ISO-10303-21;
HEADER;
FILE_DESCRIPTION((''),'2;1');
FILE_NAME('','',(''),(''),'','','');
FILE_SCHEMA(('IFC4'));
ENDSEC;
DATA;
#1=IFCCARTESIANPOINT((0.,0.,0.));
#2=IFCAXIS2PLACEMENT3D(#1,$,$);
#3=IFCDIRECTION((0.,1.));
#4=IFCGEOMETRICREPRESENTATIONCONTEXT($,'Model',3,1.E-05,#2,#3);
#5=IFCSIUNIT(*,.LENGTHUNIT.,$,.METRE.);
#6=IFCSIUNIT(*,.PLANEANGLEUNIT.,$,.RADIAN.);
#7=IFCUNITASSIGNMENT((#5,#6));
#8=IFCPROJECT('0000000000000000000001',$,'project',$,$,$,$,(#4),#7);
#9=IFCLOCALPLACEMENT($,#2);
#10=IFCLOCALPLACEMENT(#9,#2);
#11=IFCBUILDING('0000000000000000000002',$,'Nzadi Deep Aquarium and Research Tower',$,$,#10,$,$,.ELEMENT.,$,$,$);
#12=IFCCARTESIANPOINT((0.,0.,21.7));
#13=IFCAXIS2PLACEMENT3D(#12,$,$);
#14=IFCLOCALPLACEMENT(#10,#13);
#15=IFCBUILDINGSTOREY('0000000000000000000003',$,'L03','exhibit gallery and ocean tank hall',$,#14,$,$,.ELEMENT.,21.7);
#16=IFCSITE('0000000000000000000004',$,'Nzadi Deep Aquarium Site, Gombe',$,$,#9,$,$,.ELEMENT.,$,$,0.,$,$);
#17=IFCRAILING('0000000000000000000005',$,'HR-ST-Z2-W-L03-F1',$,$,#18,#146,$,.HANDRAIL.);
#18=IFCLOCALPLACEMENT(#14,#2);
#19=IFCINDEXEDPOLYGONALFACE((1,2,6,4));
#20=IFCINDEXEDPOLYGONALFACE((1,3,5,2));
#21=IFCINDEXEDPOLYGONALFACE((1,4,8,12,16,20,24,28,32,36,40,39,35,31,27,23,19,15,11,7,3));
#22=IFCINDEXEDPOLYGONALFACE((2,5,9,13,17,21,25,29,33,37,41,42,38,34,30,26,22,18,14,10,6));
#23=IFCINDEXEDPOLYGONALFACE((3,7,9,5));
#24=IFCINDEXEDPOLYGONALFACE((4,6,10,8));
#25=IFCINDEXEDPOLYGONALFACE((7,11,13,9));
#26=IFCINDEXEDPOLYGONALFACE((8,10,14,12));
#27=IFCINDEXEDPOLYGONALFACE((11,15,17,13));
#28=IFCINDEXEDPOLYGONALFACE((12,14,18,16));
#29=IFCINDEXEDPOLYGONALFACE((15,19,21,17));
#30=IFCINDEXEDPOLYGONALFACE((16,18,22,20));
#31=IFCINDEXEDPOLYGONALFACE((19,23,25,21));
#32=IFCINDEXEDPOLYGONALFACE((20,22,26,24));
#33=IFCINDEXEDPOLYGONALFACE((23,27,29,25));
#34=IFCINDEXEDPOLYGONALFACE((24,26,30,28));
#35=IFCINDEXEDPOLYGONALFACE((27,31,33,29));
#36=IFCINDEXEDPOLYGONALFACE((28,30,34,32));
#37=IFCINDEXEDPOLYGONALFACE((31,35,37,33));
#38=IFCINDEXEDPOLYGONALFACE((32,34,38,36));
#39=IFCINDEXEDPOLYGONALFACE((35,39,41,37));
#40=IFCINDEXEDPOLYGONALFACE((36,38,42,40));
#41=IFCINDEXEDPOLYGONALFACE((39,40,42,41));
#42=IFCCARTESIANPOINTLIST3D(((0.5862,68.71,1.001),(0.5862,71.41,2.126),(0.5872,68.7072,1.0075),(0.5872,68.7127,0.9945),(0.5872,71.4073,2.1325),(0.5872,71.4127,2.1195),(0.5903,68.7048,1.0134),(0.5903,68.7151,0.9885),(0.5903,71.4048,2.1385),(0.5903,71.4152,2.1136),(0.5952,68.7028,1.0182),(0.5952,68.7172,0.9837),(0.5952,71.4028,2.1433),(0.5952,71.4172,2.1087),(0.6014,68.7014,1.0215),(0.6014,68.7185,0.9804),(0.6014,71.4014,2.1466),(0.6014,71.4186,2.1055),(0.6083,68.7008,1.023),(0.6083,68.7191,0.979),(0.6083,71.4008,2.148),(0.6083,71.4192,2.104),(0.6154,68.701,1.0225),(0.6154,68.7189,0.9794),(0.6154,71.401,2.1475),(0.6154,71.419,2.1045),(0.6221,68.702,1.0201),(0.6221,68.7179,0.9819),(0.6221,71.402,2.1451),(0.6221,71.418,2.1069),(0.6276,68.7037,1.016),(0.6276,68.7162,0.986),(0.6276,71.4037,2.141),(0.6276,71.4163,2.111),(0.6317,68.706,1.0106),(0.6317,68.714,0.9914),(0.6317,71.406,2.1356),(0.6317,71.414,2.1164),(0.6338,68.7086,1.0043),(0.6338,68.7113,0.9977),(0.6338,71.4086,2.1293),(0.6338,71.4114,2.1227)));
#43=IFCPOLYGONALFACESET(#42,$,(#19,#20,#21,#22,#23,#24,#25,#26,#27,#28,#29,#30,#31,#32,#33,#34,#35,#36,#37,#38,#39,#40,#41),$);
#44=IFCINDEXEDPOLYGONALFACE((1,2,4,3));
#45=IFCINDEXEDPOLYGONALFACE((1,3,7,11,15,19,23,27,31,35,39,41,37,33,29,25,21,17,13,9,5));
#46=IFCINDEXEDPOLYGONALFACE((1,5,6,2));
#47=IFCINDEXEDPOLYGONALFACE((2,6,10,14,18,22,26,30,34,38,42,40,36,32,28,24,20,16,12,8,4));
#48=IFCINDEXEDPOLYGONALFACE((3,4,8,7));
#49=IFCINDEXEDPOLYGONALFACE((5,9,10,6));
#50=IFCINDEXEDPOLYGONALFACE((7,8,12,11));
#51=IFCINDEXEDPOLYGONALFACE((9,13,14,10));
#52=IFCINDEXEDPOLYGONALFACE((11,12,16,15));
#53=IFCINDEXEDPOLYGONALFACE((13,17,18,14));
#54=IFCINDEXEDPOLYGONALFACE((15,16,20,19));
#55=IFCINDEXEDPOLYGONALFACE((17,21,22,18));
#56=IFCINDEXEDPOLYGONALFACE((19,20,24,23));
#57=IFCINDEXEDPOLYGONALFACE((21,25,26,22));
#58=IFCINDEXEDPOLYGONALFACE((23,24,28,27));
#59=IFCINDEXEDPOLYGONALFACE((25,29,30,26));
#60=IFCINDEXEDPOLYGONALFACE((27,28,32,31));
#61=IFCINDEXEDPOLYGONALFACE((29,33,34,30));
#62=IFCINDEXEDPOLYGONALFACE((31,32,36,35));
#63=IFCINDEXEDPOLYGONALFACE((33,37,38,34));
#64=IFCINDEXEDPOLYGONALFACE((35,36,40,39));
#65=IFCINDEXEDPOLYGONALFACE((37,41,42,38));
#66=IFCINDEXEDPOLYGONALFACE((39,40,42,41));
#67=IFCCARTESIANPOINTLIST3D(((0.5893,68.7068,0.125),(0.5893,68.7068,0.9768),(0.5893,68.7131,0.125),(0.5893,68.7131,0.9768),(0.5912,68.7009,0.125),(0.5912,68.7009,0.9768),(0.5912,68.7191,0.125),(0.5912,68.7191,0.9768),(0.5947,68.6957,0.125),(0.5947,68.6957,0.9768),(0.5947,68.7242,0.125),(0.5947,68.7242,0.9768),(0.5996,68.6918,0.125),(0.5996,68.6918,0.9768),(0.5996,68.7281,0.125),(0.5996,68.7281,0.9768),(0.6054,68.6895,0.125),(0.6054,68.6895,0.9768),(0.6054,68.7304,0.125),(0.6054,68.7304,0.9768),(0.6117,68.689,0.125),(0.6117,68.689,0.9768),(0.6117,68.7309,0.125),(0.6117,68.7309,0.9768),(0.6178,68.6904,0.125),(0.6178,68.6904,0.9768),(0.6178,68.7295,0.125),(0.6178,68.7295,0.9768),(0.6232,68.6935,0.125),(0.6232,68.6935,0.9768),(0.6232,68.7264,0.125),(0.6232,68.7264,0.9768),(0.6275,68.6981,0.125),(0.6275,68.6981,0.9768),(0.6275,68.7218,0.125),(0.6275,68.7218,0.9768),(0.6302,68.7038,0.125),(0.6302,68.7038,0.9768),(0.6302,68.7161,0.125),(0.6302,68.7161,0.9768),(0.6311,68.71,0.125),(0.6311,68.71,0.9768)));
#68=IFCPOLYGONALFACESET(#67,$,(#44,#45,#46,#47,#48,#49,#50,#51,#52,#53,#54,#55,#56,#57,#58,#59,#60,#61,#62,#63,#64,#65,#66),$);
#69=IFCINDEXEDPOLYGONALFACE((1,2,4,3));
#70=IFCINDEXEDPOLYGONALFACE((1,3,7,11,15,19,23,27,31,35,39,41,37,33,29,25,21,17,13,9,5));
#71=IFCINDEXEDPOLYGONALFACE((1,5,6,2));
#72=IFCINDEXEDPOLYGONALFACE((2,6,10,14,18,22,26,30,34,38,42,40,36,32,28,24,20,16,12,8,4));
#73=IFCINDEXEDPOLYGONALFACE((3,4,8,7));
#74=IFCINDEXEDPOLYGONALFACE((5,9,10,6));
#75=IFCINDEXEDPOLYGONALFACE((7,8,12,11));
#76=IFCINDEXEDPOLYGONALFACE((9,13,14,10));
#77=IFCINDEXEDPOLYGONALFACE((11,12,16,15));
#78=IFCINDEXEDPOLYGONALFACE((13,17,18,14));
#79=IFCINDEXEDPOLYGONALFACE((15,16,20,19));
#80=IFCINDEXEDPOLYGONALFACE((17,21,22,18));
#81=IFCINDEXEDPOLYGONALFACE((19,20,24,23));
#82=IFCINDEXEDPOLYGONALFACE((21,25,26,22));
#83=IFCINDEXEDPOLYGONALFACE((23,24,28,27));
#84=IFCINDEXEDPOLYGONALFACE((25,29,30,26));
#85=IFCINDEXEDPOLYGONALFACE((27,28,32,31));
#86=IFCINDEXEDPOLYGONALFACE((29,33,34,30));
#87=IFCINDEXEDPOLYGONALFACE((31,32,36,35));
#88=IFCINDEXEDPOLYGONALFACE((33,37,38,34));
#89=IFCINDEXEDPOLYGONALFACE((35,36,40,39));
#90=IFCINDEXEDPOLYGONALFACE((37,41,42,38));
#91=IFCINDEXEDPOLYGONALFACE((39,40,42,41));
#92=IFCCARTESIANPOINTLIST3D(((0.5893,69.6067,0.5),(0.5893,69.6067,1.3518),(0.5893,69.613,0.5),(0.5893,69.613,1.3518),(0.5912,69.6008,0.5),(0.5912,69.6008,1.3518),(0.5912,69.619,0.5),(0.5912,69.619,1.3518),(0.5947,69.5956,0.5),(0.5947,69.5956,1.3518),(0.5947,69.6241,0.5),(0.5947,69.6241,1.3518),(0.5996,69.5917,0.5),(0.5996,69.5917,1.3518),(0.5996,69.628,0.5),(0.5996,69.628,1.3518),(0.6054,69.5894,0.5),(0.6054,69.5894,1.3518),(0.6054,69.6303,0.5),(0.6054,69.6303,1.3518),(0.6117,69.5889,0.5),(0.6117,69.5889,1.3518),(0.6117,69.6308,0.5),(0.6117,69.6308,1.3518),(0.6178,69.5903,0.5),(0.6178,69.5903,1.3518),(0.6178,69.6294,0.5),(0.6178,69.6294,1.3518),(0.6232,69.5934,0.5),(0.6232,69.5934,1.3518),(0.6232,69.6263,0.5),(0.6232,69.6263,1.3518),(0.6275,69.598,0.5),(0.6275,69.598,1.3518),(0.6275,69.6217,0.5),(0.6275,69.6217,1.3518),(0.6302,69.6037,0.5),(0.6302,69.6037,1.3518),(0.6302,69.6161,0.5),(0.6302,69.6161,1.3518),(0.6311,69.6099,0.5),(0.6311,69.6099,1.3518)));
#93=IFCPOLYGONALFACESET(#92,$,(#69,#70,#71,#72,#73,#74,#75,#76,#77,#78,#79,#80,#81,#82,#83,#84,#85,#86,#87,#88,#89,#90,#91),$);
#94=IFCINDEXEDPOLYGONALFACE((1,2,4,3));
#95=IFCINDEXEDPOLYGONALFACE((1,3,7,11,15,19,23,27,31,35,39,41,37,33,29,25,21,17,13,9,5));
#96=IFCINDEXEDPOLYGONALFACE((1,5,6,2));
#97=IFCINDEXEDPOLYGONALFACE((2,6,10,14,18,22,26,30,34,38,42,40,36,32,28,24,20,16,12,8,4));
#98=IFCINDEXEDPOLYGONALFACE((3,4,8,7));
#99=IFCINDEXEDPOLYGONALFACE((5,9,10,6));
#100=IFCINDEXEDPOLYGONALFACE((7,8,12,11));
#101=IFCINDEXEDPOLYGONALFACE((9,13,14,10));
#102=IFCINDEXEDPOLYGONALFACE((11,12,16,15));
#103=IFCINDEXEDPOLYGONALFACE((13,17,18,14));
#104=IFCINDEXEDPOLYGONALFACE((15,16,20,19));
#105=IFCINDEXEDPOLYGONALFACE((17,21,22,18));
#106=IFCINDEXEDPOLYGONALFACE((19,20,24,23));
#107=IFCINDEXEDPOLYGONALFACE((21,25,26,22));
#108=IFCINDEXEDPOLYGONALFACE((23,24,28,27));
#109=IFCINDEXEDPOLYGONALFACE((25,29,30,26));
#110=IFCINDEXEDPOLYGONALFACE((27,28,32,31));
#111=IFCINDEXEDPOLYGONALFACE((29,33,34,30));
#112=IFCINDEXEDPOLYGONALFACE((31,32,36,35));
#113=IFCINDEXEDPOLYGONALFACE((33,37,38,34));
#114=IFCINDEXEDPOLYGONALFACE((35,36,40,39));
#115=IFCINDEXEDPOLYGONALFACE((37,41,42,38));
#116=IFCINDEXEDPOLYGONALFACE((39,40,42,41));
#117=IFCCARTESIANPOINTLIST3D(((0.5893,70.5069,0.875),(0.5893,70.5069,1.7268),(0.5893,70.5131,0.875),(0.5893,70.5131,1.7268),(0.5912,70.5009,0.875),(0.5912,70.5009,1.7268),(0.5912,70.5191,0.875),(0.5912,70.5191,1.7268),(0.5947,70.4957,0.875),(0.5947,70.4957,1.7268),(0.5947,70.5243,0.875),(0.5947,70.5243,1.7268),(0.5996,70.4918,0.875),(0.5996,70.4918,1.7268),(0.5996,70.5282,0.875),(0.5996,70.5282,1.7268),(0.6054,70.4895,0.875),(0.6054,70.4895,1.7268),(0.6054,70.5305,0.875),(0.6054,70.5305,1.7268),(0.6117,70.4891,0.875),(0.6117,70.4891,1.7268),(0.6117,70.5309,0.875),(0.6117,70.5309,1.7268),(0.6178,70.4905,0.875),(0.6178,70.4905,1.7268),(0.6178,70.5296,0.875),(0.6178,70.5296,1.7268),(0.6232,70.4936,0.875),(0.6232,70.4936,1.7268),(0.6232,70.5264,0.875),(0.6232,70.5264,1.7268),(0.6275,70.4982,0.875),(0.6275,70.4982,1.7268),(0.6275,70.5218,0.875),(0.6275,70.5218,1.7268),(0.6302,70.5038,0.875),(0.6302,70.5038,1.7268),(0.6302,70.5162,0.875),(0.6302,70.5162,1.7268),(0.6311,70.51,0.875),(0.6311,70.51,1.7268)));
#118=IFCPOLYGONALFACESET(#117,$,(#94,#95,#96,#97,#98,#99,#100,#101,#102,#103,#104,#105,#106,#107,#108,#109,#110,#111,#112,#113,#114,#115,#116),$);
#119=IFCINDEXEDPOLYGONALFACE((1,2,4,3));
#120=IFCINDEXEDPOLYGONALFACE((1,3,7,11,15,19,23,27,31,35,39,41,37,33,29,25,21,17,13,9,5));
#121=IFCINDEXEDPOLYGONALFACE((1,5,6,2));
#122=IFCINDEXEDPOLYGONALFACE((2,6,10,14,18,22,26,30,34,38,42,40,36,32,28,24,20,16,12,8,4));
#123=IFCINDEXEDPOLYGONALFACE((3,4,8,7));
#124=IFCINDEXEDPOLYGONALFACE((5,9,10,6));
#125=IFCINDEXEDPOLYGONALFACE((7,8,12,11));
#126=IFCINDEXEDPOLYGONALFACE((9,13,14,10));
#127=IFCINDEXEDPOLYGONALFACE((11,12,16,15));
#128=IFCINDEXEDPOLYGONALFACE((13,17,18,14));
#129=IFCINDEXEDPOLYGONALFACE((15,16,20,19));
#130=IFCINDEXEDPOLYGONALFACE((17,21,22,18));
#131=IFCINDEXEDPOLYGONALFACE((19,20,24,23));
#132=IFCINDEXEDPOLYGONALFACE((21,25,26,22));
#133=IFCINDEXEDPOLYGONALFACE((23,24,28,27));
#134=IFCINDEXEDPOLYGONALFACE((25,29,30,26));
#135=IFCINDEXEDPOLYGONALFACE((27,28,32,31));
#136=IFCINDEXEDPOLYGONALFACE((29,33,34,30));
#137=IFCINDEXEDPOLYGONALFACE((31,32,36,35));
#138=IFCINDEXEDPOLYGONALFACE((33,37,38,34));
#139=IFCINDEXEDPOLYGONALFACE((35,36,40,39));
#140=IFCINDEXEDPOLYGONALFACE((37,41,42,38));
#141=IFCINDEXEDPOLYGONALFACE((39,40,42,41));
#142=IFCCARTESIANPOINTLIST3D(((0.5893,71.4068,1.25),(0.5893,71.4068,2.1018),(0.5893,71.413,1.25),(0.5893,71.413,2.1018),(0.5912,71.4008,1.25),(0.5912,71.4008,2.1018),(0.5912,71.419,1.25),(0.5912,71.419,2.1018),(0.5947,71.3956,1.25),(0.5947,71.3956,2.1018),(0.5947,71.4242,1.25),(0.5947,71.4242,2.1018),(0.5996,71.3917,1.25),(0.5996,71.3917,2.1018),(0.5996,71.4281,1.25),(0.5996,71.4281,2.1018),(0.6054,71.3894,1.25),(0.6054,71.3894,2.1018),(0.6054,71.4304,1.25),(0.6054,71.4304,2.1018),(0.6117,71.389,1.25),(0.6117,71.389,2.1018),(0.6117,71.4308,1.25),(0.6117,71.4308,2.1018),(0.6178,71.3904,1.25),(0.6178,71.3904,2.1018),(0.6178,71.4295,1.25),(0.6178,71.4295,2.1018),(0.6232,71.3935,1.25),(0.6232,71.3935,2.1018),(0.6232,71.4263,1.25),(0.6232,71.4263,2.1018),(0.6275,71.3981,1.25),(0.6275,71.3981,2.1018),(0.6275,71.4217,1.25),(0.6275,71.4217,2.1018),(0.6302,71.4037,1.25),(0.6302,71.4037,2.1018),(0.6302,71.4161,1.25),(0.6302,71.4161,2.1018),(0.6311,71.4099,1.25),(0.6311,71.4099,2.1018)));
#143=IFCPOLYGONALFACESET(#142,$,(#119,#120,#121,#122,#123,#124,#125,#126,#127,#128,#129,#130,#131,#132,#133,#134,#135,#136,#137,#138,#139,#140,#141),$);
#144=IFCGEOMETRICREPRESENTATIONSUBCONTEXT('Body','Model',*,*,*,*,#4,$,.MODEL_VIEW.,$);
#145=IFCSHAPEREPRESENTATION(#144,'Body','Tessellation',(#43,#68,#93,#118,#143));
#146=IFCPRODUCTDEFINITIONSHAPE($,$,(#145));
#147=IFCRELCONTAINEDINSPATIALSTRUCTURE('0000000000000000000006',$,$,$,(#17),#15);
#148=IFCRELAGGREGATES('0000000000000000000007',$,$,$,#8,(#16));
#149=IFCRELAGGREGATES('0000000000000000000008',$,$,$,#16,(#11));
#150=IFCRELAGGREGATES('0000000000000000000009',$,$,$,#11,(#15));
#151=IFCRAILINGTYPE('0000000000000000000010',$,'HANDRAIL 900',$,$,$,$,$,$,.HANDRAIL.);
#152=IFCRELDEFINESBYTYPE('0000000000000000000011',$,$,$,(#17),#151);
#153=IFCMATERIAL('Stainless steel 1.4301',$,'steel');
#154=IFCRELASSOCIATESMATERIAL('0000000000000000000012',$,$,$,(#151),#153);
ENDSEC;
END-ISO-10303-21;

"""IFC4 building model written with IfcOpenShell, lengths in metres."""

from ifc_helpers import new_model, si_unit, direction, frame, origin, origin_2d, place, context, subcontext, project, spatial, circle, extrude, material, type_object, element, save


model = new_model("IFC4")

# Units and contexts
model_context = context("Model", 3, precision=1e-05, world=origin(), true_north=direction((0.0, 1.0)))
body_context = subcontext(model_context, "Body", "Model", "MODEL_VIEW")
ifc_project = project(units=[si_unit("LENGTHUNIT", "METRE"), si_unit("PLANEANGLEUNIT", "RADIAN")], contexts=[model_context])

# Site, building, storey
site_placement = place(None, origin())
site = spatial("IfcSite", under=ifc_project, at=site_placement, Name="Nzadi Deep Aquarium Site, Gombe", CompositionType="ELEMENT", RefElevation=0.0)
building_placement = place(site_placement, origin())
building = spatial("IfcBuilding", under=site, at=building_placement, Name="Nzadi Deep Aquarium and Research Tower", CompositionType="ELEMENT")
storey_placement = place(building_placement, frame((0.0, 0.0, 21.7)))
storey = spatial("IfcBuildingStorey", under=building, at=storey_placement, Name="L03", Description="exhibit gallery and ocean tank hall", CompositionType="ELEMENT", Elevation=21.7)

# Railing
ifc_material_1 = material(Name="Stainless steel 1.4301", Category="steel")
railing_type = type_object("IfcRailingType", Name="HANDRAIL 900", PredefinedType="HANDRAIL", material=ifc_material_1)
for number, where, name in (
    (1, (0.6101, 68.71, 0.125), "HR-ST-Z2-W-L03-F1"),
):
    element("IfcRailing", number, at=place(storey_placement, frame(where)), inside=storey, type_object=railing_type, Name=name, PredefinedType="HANDRAIL", context=body_context, shape_type="SweptSolid", body=[
        extrude(circle(Radius=0.0239, at=origin_2d()), frame((0.0, 0.0, 0.876), z_axis=(0.0, 0.923074, 0.384621), x_axis=(-1.0, 0.0, 0.0)), (0.0, 0.0, 1.0), 2.925),
        extrude(circle(Radius=0.021, at=origin_2d()), origin(), (0.0, 0.0, 1.0), 0.8518),
        extrude(circle(Radius=0.021, at=origin_2d()), frame((0.0, 0.8999, 0.375)), (0.0, 0.0, 1.0), 0.8518),
        extrude(circle(Radius=0.021, at=origin_2d()), frame((0.0, 1.8, 0.75)), (0.0, 0.0, 1.0), 0.8518),
        extrude(circle(Radius=0.021, at=origin_2d()), frame((0.0, 2.7, 1.125)), (0.0, 0.0, 1.0), 0.8518),
    ])

save(model, "model.ifc")
